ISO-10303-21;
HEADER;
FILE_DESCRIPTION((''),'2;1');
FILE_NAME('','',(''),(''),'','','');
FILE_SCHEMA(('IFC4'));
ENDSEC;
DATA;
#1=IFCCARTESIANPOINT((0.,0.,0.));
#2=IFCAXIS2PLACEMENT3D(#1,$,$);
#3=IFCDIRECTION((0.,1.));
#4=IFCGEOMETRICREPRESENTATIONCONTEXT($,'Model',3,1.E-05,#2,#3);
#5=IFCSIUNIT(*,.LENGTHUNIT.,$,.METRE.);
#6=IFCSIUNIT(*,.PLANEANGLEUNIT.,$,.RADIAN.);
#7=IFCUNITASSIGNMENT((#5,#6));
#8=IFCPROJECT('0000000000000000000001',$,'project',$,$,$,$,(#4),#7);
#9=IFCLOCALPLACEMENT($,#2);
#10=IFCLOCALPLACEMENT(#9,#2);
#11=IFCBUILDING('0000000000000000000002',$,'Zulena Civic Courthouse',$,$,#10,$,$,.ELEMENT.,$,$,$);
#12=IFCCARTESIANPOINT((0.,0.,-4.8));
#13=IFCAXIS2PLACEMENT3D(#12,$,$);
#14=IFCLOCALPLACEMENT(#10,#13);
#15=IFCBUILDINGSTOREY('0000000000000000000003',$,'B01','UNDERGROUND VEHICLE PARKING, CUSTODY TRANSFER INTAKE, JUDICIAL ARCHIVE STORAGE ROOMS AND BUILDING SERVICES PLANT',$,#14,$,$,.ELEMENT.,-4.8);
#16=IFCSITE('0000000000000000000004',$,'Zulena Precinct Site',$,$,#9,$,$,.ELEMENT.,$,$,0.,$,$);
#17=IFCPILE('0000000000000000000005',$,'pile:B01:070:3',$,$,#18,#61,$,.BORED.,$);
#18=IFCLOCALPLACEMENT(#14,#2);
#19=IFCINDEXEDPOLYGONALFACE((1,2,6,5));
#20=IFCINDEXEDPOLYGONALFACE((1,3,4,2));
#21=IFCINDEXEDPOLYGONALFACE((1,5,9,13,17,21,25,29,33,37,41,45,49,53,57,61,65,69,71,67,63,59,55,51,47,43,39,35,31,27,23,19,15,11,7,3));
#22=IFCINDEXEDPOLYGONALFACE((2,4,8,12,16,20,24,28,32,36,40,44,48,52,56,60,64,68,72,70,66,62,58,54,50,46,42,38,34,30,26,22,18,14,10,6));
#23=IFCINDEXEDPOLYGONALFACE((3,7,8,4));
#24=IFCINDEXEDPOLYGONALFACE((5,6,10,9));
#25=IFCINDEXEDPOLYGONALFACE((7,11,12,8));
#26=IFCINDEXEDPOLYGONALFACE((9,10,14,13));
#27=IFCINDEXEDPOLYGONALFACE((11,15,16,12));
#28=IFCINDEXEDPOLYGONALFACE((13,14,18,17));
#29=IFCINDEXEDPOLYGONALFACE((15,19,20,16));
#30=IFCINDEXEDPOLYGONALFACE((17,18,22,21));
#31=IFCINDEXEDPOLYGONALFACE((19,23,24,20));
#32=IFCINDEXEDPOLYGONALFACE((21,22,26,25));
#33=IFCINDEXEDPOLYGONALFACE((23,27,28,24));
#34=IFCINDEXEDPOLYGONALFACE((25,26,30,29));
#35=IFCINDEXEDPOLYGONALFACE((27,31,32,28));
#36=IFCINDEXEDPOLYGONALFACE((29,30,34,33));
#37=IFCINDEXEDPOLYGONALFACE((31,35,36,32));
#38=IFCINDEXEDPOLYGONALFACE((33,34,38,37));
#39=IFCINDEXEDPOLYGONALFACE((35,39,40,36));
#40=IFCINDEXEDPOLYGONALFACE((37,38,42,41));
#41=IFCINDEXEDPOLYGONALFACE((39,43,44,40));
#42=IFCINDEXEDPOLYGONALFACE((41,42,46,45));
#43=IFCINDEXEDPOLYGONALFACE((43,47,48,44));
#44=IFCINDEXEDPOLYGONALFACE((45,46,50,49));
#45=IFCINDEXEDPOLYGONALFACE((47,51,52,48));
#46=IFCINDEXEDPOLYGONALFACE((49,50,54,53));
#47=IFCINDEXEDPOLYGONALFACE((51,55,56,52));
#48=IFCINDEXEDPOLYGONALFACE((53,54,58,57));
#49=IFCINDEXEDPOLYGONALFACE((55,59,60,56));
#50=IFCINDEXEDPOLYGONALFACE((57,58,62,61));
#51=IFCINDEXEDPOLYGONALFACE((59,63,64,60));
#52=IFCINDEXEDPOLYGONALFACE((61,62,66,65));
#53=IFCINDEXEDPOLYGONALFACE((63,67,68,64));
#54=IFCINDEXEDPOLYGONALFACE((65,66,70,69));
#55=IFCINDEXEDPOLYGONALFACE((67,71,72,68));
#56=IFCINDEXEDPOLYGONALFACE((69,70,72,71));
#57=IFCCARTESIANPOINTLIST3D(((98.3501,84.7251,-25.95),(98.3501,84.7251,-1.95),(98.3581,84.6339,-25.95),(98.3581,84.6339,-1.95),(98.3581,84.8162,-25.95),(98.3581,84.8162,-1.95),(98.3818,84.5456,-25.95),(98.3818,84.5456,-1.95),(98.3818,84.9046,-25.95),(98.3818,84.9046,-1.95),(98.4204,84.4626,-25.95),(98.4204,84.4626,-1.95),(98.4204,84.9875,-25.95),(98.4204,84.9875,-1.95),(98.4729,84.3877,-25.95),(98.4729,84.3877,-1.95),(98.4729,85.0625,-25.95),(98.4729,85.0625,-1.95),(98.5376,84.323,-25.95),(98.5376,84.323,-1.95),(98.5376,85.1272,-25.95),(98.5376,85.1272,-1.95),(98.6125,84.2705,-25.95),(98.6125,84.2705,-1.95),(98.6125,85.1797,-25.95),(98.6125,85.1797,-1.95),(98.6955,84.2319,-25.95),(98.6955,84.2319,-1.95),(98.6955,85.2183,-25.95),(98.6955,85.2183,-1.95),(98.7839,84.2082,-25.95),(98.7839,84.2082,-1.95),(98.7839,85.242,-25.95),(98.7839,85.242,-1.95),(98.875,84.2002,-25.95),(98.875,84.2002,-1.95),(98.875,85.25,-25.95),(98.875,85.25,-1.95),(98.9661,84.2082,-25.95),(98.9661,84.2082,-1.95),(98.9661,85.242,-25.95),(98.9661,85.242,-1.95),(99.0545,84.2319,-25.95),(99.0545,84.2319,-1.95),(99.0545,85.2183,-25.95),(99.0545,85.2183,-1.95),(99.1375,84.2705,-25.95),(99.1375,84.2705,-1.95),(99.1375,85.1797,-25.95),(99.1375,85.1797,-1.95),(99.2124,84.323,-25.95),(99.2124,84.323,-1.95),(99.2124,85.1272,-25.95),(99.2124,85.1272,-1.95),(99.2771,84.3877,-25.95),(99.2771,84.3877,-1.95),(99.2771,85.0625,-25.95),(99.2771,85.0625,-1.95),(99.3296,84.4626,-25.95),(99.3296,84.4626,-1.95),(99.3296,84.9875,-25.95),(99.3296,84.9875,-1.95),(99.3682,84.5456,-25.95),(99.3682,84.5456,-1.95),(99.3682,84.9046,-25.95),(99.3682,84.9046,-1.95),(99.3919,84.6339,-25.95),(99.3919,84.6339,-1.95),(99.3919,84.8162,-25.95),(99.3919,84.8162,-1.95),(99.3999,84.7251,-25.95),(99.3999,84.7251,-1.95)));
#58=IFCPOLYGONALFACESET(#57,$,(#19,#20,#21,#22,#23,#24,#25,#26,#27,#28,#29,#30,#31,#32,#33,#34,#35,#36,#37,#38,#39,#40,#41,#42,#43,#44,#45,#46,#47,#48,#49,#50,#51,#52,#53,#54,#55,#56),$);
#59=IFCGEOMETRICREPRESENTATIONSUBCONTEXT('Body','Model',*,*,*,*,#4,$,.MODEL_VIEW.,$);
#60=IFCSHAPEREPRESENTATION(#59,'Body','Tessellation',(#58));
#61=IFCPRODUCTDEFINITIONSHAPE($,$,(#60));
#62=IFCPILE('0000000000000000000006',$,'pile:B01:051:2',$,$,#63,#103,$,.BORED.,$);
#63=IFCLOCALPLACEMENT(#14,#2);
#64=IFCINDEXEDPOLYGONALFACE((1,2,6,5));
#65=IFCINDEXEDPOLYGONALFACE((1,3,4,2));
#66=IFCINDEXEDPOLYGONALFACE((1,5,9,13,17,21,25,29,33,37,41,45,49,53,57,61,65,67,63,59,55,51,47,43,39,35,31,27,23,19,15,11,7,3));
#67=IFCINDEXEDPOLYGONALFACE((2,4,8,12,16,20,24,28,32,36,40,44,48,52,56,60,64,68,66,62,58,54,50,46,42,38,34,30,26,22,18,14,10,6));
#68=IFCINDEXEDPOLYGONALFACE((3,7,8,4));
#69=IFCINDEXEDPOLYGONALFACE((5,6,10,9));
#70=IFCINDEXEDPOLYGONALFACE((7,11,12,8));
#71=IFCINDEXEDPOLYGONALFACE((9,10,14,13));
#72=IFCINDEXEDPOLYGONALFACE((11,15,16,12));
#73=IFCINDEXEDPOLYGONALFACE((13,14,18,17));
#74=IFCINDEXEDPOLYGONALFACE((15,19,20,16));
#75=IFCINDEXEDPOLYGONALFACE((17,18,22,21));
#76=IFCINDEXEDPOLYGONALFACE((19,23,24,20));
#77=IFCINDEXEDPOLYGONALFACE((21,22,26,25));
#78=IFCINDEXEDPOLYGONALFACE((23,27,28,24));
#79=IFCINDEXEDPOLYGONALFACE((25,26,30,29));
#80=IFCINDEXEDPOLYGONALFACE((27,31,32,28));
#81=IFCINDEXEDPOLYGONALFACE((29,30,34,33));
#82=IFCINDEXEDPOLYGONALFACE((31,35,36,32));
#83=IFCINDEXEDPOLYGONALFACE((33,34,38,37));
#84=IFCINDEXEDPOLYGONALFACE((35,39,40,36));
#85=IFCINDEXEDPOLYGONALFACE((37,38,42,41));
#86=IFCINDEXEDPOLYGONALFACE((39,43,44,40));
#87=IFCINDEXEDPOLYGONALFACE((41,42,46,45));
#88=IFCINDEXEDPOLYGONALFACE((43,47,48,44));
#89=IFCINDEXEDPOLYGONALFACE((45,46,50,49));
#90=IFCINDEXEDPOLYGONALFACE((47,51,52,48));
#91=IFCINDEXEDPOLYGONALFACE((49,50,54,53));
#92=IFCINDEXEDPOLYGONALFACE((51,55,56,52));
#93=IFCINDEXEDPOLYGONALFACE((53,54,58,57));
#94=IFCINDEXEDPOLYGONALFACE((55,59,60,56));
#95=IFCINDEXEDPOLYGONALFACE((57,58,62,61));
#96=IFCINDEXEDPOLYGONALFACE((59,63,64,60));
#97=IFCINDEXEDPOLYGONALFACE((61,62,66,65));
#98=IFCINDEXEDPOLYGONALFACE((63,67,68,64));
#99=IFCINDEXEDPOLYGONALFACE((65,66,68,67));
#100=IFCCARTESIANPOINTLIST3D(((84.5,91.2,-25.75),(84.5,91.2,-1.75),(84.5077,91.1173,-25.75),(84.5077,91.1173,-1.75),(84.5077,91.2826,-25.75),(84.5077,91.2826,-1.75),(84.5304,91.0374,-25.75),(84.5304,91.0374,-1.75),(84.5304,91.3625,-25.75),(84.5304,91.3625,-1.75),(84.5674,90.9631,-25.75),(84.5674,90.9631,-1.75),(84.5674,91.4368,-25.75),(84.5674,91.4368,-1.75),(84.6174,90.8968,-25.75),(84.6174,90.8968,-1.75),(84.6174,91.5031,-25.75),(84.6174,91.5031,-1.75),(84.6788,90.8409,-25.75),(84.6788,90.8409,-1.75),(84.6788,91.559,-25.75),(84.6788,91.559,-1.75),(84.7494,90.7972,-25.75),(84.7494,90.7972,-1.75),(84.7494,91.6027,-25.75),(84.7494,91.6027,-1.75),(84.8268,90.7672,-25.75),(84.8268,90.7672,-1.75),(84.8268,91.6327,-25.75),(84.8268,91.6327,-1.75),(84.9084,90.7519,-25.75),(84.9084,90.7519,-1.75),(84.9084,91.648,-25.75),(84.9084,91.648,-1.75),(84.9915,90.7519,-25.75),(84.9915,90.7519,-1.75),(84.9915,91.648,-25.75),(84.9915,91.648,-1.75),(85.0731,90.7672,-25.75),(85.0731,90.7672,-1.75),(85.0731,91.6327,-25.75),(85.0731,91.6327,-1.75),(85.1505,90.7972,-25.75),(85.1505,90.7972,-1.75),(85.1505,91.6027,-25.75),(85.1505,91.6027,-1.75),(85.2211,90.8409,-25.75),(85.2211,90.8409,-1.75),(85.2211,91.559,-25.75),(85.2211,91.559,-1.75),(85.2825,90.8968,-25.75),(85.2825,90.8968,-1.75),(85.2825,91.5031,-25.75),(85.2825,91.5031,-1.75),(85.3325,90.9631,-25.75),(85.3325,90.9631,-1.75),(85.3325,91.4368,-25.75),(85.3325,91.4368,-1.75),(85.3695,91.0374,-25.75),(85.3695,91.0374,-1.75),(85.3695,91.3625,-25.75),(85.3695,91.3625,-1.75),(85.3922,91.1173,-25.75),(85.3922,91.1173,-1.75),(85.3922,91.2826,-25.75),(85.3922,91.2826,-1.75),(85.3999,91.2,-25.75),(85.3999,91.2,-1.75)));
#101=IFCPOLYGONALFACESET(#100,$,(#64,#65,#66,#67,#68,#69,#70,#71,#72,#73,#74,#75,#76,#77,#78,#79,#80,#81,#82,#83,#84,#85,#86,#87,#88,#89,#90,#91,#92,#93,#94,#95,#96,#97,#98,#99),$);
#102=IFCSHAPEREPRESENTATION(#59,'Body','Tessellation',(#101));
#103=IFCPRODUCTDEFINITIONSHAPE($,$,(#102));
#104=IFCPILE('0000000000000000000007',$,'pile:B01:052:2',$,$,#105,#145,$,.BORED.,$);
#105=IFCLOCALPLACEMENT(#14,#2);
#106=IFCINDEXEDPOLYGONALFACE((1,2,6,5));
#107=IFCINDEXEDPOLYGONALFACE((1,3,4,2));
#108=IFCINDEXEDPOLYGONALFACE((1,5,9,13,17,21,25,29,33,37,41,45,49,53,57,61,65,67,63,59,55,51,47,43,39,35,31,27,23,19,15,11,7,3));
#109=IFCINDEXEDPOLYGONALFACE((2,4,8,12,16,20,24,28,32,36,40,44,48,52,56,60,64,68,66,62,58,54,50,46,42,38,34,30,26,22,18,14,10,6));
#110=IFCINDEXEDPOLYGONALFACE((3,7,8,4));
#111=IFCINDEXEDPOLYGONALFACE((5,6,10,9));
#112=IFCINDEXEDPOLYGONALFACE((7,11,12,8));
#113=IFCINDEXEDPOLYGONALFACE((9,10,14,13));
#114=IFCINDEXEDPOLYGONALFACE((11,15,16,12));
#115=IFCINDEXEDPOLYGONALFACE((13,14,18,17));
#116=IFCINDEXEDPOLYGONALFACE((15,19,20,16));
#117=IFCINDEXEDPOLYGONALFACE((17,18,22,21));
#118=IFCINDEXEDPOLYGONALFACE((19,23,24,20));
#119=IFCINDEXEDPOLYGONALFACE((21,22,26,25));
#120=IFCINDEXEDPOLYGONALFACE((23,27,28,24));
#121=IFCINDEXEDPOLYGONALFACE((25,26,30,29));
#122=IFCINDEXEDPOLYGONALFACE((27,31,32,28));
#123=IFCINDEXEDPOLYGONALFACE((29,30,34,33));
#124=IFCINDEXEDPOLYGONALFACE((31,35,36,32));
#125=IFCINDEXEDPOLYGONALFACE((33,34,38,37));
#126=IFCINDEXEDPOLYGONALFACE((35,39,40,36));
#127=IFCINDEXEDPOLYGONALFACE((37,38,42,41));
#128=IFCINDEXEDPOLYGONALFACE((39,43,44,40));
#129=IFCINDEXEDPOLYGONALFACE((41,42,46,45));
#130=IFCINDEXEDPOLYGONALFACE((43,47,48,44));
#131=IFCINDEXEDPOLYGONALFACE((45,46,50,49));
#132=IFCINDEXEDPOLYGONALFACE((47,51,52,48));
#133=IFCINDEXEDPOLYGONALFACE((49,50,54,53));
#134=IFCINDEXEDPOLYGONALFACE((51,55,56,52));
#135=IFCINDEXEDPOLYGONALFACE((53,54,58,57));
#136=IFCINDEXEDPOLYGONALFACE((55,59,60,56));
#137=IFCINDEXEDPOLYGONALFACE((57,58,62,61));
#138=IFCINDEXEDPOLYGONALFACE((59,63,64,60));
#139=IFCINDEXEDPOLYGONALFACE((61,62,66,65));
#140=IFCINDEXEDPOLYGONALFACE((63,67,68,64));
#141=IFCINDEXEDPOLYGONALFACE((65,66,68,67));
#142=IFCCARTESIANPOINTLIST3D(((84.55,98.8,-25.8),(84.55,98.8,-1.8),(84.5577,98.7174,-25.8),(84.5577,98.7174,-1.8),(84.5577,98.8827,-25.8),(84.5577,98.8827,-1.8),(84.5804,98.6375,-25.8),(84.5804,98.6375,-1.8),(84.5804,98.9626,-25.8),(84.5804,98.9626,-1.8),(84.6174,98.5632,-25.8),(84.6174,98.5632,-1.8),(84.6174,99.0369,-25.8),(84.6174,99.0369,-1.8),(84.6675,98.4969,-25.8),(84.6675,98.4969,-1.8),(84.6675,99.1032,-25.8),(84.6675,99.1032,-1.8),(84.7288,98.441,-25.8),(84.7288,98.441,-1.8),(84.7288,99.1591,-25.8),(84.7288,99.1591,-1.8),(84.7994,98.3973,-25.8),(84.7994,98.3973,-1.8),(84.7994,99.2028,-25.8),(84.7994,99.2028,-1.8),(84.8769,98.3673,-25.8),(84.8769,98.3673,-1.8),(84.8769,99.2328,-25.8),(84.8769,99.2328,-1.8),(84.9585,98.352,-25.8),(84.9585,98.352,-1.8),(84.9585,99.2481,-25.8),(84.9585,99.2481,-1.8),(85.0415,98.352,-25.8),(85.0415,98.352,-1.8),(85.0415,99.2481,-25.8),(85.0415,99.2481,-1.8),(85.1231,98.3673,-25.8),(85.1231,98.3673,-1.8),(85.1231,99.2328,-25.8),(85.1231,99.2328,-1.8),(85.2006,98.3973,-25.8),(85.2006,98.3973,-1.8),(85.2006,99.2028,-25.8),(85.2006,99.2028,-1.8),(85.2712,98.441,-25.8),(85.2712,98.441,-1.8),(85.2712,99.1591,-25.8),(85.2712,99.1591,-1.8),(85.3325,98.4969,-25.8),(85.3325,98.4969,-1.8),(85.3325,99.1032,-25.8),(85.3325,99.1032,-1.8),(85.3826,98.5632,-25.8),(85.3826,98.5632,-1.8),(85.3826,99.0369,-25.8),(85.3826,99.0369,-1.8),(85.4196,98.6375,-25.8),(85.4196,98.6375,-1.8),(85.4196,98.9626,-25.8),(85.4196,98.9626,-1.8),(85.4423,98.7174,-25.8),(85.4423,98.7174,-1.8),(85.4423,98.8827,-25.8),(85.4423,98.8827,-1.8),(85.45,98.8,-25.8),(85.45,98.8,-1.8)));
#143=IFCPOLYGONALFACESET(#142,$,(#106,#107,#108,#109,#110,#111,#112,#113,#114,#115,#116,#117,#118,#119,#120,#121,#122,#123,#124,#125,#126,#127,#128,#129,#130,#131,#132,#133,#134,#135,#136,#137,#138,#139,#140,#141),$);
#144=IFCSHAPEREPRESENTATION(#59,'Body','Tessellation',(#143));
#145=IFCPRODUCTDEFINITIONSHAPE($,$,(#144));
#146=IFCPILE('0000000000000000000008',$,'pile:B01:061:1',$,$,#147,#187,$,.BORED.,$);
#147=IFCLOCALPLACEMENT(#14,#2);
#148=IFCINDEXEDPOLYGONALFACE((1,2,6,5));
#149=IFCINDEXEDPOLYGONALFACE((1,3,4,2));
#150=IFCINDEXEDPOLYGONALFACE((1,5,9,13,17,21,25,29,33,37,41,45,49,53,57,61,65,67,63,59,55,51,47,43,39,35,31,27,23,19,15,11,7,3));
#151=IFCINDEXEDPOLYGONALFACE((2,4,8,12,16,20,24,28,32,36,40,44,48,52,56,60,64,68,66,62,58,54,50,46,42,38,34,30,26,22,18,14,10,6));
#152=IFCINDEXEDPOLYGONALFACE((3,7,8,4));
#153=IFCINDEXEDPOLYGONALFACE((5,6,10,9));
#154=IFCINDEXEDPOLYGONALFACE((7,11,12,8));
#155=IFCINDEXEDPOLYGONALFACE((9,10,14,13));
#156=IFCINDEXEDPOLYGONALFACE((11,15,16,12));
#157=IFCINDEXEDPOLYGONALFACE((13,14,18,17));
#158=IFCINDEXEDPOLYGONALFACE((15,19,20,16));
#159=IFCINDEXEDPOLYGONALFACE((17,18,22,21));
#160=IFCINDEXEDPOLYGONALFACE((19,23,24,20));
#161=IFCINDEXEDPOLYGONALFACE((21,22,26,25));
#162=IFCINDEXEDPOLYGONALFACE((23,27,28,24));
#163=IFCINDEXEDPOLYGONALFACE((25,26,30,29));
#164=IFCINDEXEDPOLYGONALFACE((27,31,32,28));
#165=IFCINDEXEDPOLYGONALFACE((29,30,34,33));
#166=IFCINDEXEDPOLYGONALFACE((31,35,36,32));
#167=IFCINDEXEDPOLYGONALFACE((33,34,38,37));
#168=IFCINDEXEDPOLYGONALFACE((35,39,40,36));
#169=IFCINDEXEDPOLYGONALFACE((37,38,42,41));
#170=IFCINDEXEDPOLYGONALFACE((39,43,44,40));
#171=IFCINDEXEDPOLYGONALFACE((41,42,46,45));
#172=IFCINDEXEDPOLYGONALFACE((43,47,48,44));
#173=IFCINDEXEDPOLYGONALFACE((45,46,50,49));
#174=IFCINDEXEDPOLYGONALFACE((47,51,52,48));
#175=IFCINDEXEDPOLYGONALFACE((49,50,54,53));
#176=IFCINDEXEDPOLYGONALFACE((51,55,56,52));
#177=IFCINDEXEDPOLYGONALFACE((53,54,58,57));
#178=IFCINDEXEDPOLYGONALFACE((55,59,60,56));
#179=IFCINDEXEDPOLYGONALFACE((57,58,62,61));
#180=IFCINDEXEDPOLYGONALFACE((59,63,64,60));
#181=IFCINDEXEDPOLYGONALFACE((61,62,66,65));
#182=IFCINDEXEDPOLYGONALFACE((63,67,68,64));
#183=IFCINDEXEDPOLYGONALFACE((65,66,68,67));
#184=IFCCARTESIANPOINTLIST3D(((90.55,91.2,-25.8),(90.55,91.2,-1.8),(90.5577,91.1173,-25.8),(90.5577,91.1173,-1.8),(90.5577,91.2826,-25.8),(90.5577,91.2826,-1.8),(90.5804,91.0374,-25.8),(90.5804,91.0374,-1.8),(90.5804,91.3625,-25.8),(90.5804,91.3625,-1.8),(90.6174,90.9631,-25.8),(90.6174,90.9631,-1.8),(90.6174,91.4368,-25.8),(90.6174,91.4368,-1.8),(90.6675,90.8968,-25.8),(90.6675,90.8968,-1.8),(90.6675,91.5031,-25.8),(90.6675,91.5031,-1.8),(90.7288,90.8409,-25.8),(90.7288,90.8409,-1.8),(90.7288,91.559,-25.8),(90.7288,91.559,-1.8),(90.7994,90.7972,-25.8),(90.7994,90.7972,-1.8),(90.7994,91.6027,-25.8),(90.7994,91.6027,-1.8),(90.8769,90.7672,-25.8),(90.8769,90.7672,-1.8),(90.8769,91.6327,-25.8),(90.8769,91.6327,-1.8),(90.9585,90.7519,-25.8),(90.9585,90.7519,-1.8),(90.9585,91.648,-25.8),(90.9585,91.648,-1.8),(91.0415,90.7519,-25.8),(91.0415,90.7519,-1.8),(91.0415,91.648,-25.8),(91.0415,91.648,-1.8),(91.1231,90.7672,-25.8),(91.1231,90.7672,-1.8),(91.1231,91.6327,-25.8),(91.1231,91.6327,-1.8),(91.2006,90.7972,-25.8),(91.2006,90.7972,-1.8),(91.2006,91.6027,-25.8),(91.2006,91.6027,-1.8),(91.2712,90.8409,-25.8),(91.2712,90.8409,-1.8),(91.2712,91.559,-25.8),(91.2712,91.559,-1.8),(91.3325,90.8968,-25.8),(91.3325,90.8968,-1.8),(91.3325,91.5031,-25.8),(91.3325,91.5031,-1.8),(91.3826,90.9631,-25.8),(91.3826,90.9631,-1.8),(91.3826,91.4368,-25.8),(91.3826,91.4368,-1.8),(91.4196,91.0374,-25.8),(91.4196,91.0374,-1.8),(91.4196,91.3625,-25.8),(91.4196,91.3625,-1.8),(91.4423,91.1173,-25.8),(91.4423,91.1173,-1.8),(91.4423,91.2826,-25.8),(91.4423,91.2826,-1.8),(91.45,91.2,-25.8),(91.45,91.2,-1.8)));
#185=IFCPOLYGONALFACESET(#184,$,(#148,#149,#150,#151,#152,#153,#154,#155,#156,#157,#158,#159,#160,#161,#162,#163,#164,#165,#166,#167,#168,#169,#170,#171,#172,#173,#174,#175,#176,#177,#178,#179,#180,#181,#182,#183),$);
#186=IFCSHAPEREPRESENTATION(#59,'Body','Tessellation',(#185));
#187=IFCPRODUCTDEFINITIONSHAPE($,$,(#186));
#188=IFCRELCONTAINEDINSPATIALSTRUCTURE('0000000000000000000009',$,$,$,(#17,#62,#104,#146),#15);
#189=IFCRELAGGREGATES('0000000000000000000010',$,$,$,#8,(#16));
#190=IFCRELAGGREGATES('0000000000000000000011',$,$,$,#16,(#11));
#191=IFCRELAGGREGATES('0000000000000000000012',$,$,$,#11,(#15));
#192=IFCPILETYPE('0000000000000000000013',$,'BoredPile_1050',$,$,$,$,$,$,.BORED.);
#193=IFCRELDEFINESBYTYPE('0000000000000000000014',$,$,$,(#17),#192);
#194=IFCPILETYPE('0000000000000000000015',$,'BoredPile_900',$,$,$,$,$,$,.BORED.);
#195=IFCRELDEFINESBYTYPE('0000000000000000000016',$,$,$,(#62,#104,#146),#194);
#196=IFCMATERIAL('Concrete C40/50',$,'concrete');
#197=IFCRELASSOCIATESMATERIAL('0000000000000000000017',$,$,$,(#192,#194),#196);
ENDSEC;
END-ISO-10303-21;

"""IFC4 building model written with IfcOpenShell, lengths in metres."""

from ifc_helpers import new_model, si_unit, direction, frame, origin, origin_2d, place, context, subcontext, project, spatial, circle, extrude, material, material_profile, profile_set, type_object, element, save


model = new_model("IFC4")

# Units and contexts
model_context = context("Model", 3, precision=1e-05, world=origin(), true_north=direction((0.0, 1.0)))
body_context = subcontext(model_context, "Body", "Model", "MODEL_VIEW")
ifc_project = project(units=[si_unit("LENGTHUNIT", "METRE"), si_unit("PLANEANGLEUNIT", "RADIAN")], contexts=[model_context])

# Site, building, storey
site_placement = place(None, origin())
site = spatial("IfcSite", under=ifc_project, at=site_placement, Name="Zulena Precinct Site", CompositionType="ELEMENT", RefElevation=0.0)
building_placement = place(site_placement, origin())
building = spatial("IfcBuilding", under=site, at=building_placement, Name="Zulena Civic Courthouse", CompositionType="ELEMENT")
storey_placement = place(building_placement, frame((0.0, 0.0, -4.8)))
storey = spatial("IfcBuildingStorey", under=building, at=storey_placement, Name="B01", Description="UNDERGROUND VEHICLE PARKING, CUSTODY TRANSFER INTAKE, JUDICIAL ARCHIVE STORAGE ROOMS AND BUILDING SERVICES PLANT", CompositionType="ELEMENT", Elevation=-4.8)

# Piles
ifc_material_1 = material(Name="Concrete C40/50", Category="concrete")
ifc_material_profile_1 = material_profile(ifc_material_1, circle(Radius=0.5249, at=origin_2d()), Name="PILE1050")
ifc_profile_set_1 = profile_set([ifc_material_profile_1], Name="Concrete C40/50")
pile_type_1 = type_object("IfcPileType", Name="BoredPile_1050", PredefinedType="BORED", material=ifc_profile_set_1)
pile_placement = place(storey_placement, frame((98.875, 84.7251, -1.95), z_axis=(0.0, 0.0, -1.0), x_axis=(1.0, 0.0, 0.0)))
element("IfcPile", 1, at=pile_placement, inside=storey, type_object=pile_type_1, Name="pile:B01:070:3", PredefinedType="BORED", context=body_context, shape_type="SweptSolid", body=[
    extrude(circle(Radius=0.5249, at=origin_2d()), origin(), (0.0, 0.0, 1.0), 24.0),
])
ifc_material_profile_2 = material_profile(ifc_material_1, circle(Radius=0.45, at=origin_2d()), Name="PILE900")
ifc_profile_set_2 = profile_set([ifc_material_profile_2], Name="Concrete C40/50")
pile_type_2 = type_object("IfcPileType", Name="BoredPile_900", PredefinedType="BORED", material=ifc_profile_set_2)
for number, where, z_axis, x_axis, name in (
    (2, (84.95, 91.2, -1.75), (0.0, 0.0, -1.0), (1.0, 0.0, 0.0), "pile:B01:051:2"),
    (3, (85.0, 98.8, -1.8), (0.0, 0.0, -1.0), (1.0, 0.0, 0.0), "pile:B01:052:2"),
    (4, (91.0, 91.2, -1.8), (0.0, 0.0, -1.0), (1.0, 0.0, 0.0), "pile:B01:061:1"),
):
    element("IfcPile", number, at=place(storey_placement, frame(where, z_axis=z_axis, x_axis=x_axis)), inside=storey, type_object=pile_type_2, Name=name, PredefinedType="BORED", context=body_context, shape_type="SweptSolid", body=[
        extrude(circle(Radius=0.45, at=origin_2d()), origin(), (0.0, 0.0, 1.0), 24.0),
    ])

save(model, "model.ifc")
